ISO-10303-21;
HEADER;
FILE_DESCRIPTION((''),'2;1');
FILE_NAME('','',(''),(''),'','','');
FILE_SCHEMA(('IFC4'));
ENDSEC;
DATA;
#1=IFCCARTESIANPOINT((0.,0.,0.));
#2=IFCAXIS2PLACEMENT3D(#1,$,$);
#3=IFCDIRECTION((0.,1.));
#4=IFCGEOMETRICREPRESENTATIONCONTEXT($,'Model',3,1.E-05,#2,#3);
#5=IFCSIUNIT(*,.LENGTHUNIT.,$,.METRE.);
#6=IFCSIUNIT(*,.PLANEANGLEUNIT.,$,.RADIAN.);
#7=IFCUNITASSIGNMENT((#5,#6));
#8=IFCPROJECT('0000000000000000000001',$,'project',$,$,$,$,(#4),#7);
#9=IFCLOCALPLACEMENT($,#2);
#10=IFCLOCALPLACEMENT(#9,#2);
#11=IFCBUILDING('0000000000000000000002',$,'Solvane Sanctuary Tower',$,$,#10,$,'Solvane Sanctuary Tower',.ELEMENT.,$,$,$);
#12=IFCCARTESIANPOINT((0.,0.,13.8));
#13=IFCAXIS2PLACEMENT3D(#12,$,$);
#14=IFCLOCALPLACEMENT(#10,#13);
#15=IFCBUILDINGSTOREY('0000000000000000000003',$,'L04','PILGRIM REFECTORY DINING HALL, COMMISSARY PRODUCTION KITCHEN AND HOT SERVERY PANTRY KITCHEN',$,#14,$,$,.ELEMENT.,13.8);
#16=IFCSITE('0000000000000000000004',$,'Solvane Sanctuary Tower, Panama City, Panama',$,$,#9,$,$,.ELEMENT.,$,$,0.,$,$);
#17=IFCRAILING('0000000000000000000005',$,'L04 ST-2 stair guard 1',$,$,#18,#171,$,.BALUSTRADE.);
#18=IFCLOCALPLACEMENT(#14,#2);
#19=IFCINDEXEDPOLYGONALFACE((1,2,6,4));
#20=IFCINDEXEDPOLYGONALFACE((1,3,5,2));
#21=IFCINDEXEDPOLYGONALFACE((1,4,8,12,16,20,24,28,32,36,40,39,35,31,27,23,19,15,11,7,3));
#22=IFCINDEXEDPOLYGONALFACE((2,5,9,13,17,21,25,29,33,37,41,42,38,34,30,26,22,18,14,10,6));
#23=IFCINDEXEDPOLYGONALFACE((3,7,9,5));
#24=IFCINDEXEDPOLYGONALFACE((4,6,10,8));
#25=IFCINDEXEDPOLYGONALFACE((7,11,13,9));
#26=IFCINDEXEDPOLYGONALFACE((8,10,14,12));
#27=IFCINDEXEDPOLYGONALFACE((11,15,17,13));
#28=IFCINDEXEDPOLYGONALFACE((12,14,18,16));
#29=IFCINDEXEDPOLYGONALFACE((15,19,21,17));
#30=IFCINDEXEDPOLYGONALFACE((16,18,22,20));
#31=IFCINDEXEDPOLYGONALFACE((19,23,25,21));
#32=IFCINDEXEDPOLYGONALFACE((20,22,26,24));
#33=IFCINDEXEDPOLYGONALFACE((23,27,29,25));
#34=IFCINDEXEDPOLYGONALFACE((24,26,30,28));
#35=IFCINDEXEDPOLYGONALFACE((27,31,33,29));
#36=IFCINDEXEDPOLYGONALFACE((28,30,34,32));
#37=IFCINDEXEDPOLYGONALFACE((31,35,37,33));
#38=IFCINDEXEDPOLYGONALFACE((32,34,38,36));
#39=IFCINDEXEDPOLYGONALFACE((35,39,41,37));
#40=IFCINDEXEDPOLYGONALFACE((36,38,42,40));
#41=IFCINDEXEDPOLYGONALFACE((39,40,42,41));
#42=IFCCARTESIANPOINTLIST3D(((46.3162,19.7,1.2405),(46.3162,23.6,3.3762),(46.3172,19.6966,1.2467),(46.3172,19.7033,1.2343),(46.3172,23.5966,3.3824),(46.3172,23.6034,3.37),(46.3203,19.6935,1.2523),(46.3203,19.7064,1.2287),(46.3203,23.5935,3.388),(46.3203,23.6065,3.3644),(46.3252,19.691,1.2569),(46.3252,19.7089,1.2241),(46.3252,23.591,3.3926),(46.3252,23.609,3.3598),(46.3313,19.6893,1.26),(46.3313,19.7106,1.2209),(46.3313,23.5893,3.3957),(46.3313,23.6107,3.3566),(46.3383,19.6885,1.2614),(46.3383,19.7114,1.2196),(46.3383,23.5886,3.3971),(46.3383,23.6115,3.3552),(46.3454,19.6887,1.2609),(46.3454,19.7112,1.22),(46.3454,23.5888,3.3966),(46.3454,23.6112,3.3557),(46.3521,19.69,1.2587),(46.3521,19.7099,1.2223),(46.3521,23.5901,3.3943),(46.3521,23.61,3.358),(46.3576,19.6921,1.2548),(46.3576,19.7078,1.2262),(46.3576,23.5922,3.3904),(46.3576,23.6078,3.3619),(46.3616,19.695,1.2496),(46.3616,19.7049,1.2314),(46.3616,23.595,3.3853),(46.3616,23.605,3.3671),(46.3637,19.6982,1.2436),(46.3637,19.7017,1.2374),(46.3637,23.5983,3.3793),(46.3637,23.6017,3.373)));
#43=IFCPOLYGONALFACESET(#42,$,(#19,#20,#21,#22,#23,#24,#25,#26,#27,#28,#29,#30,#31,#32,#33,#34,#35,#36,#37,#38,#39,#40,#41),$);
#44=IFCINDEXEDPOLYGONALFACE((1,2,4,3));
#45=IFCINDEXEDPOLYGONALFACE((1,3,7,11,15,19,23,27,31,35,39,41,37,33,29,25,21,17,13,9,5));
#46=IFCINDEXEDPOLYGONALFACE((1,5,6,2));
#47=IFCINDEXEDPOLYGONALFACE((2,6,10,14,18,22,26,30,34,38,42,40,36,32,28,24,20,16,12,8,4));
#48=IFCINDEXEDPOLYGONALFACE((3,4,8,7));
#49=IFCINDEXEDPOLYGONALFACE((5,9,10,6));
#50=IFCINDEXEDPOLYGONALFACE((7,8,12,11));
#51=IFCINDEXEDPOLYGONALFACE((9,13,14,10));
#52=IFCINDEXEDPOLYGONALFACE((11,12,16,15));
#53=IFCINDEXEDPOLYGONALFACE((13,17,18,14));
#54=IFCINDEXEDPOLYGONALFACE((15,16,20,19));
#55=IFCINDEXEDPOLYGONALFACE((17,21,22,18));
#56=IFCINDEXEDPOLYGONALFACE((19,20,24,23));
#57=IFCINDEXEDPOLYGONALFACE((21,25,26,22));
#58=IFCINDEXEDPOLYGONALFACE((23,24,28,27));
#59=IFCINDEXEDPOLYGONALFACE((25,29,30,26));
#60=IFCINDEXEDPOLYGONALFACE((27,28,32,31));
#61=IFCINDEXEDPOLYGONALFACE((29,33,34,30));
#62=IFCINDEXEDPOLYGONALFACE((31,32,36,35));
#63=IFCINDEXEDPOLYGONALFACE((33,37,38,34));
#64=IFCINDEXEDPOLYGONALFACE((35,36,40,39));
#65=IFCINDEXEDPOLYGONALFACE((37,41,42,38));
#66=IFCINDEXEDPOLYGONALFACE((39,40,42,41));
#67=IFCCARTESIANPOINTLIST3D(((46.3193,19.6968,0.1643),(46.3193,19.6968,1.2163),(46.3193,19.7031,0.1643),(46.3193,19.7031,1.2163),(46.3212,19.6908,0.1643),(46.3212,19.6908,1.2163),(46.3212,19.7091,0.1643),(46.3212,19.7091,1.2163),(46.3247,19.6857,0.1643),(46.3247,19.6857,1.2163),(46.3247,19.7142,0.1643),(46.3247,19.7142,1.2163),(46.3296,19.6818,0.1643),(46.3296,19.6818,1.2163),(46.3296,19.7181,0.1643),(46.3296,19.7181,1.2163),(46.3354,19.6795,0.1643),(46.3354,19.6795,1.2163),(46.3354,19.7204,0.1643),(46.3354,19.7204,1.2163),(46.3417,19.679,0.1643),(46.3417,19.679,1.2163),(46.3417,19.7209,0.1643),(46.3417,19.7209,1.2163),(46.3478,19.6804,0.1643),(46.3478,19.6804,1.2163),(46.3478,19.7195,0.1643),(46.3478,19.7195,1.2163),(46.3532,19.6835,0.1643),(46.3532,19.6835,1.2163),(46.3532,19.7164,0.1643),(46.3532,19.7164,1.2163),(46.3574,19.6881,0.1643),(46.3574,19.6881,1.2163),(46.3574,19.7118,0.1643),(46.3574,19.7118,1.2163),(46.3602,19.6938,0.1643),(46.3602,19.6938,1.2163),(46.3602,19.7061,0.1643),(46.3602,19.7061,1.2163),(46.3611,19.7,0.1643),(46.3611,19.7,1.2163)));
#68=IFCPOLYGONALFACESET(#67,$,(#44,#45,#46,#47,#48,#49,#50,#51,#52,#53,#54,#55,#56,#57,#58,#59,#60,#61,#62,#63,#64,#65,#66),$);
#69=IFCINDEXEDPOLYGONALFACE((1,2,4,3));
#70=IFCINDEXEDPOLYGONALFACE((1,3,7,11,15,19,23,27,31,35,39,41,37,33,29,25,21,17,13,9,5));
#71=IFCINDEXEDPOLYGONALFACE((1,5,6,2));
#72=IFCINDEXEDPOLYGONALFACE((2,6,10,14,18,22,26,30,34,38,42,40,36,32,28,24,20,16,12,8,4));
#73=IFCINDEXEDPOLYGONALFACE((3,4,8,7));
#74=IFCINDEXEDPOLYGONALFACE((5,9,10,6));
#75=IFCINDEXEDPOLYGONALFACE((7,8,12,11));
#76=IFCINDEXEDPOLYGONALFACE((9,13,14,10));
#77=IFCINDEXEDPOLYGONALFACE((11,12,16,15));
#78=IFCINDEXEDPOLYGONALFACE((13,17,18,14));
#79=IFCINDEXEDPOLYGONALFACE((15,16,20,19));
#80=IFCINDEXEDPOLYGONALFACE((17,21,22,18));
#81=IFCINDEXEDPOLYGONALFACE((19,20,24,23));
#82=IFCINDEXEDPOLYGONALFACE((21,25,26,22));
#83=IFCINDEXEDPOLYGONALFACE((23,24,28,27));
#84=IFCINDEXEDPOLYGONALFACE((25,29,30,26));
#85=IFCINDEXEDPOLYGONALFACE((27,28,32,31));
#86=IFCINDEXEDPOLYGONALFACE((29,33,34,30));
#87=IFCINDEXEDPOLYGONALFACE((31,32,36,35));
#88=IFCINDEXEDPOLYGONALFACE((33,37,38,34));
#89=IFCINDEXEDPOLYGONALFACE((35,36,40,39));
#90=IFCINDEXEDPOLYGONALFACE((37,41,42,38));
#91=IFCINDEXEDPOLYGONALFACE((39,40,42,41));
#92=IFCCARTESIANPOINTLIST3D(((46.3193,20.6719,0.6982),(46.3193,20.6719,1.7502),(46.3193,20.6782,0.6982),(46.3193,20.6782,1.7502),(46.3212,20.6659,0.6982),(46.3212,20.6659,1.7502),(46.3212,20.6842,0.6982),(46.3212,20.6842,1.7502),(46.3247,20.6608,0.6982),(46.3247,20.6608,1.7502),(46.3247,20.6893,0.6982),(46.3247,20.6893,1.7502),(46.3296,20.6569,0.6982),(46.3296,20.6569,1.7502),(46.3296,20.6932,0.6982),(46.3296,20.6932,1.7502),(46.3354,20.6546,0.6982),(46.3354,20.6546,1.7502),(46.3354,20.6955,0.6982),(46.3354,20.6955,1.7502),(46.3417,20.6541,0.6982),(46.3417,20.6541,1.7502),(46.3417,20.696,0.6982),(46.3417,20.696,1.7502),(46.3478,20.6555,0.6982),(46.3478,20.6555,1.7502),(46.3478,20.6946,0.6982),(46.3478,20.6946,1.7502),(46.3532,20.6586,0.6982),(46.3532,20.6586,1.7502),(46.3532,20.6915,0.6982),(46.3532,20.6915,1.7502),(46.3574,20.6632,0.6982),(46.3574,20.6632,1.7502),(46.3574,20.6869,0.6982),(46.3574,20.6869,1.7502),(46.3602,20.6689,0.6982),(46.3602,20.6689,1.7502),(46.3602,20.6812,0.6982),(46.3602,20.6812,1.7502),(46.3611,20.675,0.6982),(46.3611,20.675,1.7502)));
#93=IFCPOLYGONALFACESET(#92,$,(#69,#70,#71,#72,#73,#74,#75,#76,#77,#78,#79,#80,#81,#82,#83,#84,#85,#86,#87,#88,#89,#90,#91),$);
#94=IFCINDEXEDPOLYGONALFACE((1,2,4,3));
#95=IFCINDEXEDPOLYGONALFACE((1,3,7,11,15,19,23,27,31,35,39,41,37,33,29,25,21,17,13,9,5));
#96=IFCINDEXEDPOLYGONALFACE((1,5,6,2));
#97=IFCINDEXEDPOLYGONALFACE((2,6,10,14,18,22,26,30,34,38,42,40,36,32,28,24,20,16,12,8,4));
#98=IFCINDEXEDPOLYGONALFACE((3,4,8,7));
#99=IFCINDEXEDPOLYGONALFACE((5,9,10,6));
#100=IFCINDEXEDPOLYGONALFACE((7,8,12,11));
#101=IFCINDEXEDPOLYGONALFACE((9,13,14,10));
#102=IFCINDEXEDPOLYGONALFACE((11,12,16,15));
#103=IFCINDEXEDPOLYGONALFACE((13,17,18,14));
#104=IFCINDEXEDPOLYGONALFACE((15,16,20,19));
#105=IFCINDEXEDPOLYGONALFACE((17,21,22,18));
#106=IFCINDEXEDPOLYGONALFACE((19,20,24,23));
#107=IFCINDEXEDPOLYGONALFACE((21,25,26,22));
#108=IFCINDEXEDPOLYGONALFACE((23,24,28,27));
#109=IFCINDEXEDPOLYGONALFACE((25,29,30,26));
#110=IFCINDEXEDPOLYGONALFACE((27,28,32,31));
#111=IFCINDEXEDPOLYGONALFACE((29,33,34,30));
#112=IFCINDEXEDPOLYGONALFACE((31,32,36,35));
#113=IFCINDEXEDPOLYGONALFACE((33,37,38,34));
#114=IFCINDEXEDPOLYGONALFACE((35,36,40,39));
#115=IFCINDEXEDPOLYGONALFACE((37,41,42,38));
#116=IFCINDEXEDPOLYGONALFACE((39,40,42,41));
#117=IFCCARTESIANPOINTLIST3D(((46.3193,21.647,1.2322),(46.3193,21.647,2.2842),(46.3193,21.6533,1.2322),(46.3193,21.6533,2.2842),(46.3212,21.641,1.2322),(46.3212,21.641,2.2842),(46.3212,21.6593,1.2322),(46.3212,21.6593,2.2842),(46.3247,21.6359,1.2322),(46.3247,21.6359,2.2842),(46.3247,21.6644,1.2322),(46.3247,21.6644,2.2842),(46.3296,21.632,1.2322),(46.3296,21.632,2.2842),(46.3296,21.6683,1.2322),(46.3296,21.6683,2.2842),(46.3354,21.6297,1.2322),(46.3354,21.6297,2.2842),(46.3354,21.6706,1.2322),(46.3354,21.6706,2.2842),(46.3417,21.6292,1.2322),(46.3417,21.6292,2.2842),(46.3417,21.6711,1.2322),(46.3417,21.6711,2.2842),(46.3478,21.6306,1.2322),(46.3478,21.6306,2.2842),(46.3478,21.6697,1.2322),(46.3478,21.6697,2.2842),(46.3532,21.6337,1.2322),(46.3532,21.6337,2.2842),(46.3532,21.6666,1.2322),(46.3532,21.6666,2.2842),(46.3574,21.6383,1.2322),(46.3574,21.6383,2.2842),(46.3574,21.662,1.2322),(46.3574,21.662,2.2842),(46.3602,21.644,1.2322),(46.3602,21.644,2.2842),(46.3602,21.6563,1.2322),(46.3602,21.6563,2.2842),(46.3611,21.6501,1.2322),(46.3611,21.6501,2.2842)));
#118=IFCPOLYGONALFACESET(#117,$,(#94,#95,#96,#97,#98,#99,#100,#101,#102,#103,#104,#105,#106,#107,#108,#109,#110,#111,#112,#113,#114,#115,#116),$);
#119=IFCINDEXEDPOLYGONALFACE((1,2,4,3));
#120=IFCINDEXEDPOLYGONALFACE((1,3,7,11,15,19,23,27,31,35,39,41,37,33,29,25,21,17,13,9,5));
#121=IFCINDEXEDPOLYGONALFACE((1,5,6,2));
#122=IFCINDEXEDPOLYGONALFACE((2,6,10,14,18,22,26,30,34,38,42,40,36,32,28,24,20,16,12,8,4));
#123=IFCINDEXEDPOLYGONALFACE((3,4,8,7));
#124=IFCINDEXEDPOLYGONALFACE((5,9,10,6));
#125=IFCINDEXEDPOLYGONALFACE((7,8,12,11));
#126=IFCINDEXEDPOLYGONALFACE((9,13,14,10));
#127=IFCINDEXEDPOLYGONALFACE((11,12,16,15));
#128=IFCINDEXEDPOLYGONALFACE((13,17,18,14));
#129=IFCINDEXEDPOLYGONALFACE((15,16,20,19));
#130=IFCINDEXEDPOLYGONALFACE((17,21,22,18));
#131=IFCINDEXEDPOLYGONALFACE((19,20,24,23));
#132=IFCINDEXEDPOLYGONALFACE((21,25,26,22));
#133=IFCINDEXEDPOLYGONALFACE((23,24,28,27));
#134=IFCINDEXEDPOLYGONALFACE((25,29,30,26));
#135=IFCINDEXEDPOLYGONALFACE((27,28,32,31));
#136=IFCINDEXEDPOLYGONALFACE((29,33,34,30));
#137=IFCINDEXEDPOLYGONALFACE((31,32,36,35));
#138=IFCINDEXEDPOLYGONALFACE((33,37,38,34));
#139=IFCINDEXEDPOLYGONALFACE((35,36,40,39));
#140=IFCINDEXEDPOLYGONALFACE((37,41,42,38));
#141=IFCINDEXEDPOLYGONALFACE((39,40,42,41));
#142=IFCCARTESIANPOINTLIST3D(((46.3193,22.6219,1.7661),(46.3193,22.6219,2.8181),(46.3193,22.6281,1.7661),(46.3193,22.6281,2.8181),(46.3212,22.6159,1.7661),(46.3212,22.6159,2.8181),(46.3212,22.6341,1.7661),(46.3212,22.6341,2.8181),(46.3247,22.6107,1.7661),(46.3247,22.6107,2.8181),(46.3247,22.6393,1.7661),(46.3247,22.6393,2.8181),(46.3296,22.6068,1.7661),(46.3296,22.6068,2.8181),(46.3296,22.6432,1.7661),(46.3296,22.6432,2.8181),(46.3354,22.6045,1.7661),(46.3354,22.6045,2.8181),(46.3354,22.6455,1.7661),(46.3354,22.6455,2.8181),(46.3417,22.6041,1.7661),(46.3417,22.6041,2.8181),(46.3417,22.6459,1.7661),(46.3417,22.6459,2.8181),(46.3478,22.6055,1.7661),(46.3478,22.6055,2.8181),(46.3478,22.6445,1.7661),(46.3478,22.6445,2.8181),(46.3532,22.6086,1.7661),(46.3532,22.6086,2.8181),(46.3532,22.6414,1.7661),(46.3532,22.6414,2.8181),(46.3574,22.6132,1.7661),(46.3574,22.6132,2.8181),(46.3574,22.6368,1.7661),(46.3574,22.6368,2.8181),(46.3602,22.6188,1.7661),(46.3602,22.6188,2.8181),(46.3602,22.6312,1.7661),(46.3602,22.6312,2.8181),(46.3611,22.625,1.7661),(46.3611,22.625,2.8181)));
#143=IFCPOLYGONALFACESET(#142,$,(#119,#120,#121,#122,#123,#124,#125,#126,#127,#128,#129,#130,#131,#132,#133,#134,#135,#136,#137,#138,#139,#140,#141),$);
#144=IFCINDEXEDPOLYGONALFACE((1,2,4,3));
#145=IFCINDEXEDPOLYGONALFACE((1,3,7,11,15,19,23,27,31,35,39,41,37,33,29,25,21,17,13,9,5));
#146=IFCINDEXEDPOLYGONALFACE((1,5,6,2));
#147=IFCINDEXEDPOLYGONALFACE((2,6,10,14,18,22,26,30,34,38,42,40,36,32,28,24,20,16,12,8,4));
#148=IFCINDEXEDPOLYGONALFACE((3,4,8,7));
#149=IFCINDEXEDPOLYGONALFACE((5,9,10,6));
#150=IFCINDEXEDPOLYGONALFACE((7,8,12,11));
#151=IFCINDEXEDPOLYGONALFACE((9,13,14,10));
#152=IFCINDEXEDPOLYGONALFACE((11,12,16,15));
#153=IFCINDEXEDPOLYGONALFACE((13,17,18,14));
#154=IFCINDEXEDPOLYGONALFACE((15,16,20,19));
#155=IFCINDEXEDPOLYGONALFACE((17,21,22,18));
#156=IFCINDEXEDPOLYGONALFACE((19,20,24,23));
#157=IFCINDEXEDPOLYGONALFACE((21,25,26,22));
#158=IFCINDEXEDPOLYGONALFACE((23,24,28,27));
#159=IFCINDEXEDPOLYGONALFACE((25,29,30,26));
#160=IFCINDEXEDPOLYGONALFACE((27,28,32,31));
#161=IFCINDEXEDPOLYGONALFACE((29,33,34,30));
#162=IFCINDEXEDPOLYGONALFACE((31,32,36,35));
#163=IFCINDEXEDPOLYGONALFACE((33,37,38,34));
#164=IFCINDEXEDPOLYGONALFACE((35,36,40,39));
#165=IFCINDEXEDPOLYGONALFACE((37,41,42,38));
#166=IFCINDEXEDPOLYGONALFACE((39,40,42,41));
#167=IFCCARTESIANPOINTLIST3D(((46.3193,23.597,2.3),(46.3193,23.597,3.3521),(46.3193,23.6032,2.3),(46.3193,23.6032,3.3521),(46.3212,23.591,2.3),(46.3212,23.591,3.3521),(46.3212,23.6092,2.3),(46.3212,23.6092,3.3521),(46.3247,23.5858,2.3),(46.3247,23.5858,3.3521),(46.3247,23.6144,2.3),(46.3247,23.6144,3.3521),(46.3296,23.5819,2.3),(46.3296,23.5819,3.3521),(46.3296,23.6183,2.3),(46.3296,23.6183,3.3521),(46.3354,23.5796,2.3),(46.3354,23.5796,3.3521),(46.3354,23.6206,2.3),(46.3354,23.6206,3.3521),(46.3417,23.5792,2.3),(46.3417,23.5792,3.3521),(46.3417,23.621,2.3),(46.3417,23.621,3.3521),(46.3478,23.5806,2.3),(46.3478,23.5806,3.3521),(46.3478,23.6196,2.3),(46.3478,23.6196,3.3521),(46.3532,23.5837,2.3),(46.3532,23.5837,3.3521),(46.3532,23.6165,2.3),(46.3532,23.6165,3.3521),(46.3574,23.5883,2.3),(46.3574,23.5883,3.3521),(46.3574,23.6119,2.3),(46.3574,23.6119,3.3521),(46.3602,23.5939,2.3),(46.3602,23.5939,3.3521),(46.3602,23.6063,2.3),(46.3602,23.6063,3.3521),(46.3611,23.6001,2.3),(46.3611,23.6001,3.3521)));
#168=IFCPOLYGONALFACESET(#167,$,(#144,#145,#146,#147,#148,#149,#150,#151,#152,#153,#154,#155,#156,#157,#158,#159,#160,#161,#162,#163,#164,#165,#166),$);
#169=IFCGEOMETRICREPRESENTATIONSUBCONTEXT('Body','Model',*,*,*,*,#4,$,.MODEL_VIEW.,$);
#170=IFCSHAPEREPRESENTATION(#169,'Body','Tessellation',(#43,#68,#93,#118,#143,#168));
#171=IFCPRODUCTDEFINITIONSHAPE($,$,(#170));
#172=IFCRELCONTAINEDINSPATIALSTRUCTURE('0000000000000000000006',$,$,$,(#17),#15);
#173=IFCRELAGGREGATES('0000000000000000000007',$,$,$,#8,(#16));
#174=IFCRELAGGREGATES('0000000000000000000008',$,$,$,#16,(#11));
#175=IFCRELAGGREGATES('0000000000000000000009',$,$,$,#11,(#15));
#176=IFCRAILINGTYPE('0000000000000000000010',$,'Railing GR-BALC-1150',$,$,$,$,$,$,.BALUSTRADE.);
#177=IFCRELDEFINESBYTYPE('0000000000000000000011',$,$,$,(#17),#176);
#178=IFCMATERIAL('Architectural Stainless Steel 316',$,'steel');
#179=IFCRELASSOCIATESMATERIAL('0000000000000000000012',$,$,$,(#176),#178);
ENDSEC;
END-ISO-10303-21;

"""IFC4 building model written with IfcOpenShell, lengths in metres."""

from ifc_helpers import new_model, si_unit, direction, frame, origin, origin_2d, place, context, subcontext, project, spatial, circle, extrude, material, type_object, element, save


model = new_model("IFC4")

# Units and contexts
model_context = context("Model", 3, precision=1e-05, world=origin(), true_north=direction((0.0, 1.0)))
body_context = subcontext(model_context, "Body", "Model", "MODEL_VIEW")
ifc_project = project(units=[si_unit("LENGTHUNIT", "METRE"), si_unit("PLANEANGLEUNIT", "RADIAN")], contexts=[model_context])

# Site, building, storey
site_placement = place(None, origin())
site = spatial("IfcSite", under=ifc_project, at=site_placement, Name="Solvane Sanctuary Tower, Panama City, Panama", CompositionType="ELEMENT", RefElevation=0.0)
building_placement = place(site_placement, origin())
building = spatial("IfcBuilding", under=site, at=building_placement, Name="Solvane Sanctuary Tower", LongName="Solvane Sanctuary Tower", CompositionType="ELEMENT")
storey_placement = place(building_placement, frame((0.0, 0.0, 13.8)))
storey = spatial("IfcBuildingStorey", under=building, at=storey_placement, Name="L04", Description="PILGRIM REFECTORY DINING HALL, COMMISSARY PRODUCTION KITCHEN AND HOT SERVERY PANTRY KITCHEN", CompositionType="ELEMENT", Elevation=13.8)

# Shared definitions
ifc_material_1 = material(Name="Architectural Stainless Steel 316", Category="steel")

# Railing
railing_type = type_object("IfcRailingType", Name="Railing GR-BALC-1150", PredefinedType="BALUSTRADE", material=ifc_material_1)
railing_1_placement = place(storey_placement, frame((46.3401, 19.7, 0.1643)))
element("IfcRailing", 1, at=railing_1_placement, inside=storey, type_object=railing_type, Name="L04 ST-2 stair guard 1", PredefinedType="BALUSTRADE", context=body_context, shape_type="SweptSolid", body=[
    extrude(circle(Radius=0.0239, at=origin_2d()), frame((0.0, 0.0, 1.0762), z_axis=(0.0, 0.877101, 0.480306), x_axis=(-1.0, 0.0, 0.0)), (0.0, 0.0, 1.0), 4.4465),
    extrude(circle(Radius=0.021, at=origin_2d()), origin(), (0.0, 0.0, 1.0), 1.052),
    extrude(circle(Radius=0.021, at=origin_2d()), frame((0.0, 0.9751, 0.5339)), (0.0, 0.0, 1.0), 1.052),
    extrude(circle(Radius=0.021, at=origin_2d()), frame((0.0, 1.9502, 1.0679)), (0.0, 0.0, 1.0), 1.052),
    extrude(circle(Radius=0.021, at=origin_2d()), frame((0.0, 2.925, 1.6018)), (0.0, 0.0, 1.0), 1.052),
    extrude(circle(Radius=0.021, at=origin_2d()), frame((0.0, 3.9001, 2.1357)), (0.0, 0.0, 1.0), 1.052),
])

save(model, "model.ifc")
